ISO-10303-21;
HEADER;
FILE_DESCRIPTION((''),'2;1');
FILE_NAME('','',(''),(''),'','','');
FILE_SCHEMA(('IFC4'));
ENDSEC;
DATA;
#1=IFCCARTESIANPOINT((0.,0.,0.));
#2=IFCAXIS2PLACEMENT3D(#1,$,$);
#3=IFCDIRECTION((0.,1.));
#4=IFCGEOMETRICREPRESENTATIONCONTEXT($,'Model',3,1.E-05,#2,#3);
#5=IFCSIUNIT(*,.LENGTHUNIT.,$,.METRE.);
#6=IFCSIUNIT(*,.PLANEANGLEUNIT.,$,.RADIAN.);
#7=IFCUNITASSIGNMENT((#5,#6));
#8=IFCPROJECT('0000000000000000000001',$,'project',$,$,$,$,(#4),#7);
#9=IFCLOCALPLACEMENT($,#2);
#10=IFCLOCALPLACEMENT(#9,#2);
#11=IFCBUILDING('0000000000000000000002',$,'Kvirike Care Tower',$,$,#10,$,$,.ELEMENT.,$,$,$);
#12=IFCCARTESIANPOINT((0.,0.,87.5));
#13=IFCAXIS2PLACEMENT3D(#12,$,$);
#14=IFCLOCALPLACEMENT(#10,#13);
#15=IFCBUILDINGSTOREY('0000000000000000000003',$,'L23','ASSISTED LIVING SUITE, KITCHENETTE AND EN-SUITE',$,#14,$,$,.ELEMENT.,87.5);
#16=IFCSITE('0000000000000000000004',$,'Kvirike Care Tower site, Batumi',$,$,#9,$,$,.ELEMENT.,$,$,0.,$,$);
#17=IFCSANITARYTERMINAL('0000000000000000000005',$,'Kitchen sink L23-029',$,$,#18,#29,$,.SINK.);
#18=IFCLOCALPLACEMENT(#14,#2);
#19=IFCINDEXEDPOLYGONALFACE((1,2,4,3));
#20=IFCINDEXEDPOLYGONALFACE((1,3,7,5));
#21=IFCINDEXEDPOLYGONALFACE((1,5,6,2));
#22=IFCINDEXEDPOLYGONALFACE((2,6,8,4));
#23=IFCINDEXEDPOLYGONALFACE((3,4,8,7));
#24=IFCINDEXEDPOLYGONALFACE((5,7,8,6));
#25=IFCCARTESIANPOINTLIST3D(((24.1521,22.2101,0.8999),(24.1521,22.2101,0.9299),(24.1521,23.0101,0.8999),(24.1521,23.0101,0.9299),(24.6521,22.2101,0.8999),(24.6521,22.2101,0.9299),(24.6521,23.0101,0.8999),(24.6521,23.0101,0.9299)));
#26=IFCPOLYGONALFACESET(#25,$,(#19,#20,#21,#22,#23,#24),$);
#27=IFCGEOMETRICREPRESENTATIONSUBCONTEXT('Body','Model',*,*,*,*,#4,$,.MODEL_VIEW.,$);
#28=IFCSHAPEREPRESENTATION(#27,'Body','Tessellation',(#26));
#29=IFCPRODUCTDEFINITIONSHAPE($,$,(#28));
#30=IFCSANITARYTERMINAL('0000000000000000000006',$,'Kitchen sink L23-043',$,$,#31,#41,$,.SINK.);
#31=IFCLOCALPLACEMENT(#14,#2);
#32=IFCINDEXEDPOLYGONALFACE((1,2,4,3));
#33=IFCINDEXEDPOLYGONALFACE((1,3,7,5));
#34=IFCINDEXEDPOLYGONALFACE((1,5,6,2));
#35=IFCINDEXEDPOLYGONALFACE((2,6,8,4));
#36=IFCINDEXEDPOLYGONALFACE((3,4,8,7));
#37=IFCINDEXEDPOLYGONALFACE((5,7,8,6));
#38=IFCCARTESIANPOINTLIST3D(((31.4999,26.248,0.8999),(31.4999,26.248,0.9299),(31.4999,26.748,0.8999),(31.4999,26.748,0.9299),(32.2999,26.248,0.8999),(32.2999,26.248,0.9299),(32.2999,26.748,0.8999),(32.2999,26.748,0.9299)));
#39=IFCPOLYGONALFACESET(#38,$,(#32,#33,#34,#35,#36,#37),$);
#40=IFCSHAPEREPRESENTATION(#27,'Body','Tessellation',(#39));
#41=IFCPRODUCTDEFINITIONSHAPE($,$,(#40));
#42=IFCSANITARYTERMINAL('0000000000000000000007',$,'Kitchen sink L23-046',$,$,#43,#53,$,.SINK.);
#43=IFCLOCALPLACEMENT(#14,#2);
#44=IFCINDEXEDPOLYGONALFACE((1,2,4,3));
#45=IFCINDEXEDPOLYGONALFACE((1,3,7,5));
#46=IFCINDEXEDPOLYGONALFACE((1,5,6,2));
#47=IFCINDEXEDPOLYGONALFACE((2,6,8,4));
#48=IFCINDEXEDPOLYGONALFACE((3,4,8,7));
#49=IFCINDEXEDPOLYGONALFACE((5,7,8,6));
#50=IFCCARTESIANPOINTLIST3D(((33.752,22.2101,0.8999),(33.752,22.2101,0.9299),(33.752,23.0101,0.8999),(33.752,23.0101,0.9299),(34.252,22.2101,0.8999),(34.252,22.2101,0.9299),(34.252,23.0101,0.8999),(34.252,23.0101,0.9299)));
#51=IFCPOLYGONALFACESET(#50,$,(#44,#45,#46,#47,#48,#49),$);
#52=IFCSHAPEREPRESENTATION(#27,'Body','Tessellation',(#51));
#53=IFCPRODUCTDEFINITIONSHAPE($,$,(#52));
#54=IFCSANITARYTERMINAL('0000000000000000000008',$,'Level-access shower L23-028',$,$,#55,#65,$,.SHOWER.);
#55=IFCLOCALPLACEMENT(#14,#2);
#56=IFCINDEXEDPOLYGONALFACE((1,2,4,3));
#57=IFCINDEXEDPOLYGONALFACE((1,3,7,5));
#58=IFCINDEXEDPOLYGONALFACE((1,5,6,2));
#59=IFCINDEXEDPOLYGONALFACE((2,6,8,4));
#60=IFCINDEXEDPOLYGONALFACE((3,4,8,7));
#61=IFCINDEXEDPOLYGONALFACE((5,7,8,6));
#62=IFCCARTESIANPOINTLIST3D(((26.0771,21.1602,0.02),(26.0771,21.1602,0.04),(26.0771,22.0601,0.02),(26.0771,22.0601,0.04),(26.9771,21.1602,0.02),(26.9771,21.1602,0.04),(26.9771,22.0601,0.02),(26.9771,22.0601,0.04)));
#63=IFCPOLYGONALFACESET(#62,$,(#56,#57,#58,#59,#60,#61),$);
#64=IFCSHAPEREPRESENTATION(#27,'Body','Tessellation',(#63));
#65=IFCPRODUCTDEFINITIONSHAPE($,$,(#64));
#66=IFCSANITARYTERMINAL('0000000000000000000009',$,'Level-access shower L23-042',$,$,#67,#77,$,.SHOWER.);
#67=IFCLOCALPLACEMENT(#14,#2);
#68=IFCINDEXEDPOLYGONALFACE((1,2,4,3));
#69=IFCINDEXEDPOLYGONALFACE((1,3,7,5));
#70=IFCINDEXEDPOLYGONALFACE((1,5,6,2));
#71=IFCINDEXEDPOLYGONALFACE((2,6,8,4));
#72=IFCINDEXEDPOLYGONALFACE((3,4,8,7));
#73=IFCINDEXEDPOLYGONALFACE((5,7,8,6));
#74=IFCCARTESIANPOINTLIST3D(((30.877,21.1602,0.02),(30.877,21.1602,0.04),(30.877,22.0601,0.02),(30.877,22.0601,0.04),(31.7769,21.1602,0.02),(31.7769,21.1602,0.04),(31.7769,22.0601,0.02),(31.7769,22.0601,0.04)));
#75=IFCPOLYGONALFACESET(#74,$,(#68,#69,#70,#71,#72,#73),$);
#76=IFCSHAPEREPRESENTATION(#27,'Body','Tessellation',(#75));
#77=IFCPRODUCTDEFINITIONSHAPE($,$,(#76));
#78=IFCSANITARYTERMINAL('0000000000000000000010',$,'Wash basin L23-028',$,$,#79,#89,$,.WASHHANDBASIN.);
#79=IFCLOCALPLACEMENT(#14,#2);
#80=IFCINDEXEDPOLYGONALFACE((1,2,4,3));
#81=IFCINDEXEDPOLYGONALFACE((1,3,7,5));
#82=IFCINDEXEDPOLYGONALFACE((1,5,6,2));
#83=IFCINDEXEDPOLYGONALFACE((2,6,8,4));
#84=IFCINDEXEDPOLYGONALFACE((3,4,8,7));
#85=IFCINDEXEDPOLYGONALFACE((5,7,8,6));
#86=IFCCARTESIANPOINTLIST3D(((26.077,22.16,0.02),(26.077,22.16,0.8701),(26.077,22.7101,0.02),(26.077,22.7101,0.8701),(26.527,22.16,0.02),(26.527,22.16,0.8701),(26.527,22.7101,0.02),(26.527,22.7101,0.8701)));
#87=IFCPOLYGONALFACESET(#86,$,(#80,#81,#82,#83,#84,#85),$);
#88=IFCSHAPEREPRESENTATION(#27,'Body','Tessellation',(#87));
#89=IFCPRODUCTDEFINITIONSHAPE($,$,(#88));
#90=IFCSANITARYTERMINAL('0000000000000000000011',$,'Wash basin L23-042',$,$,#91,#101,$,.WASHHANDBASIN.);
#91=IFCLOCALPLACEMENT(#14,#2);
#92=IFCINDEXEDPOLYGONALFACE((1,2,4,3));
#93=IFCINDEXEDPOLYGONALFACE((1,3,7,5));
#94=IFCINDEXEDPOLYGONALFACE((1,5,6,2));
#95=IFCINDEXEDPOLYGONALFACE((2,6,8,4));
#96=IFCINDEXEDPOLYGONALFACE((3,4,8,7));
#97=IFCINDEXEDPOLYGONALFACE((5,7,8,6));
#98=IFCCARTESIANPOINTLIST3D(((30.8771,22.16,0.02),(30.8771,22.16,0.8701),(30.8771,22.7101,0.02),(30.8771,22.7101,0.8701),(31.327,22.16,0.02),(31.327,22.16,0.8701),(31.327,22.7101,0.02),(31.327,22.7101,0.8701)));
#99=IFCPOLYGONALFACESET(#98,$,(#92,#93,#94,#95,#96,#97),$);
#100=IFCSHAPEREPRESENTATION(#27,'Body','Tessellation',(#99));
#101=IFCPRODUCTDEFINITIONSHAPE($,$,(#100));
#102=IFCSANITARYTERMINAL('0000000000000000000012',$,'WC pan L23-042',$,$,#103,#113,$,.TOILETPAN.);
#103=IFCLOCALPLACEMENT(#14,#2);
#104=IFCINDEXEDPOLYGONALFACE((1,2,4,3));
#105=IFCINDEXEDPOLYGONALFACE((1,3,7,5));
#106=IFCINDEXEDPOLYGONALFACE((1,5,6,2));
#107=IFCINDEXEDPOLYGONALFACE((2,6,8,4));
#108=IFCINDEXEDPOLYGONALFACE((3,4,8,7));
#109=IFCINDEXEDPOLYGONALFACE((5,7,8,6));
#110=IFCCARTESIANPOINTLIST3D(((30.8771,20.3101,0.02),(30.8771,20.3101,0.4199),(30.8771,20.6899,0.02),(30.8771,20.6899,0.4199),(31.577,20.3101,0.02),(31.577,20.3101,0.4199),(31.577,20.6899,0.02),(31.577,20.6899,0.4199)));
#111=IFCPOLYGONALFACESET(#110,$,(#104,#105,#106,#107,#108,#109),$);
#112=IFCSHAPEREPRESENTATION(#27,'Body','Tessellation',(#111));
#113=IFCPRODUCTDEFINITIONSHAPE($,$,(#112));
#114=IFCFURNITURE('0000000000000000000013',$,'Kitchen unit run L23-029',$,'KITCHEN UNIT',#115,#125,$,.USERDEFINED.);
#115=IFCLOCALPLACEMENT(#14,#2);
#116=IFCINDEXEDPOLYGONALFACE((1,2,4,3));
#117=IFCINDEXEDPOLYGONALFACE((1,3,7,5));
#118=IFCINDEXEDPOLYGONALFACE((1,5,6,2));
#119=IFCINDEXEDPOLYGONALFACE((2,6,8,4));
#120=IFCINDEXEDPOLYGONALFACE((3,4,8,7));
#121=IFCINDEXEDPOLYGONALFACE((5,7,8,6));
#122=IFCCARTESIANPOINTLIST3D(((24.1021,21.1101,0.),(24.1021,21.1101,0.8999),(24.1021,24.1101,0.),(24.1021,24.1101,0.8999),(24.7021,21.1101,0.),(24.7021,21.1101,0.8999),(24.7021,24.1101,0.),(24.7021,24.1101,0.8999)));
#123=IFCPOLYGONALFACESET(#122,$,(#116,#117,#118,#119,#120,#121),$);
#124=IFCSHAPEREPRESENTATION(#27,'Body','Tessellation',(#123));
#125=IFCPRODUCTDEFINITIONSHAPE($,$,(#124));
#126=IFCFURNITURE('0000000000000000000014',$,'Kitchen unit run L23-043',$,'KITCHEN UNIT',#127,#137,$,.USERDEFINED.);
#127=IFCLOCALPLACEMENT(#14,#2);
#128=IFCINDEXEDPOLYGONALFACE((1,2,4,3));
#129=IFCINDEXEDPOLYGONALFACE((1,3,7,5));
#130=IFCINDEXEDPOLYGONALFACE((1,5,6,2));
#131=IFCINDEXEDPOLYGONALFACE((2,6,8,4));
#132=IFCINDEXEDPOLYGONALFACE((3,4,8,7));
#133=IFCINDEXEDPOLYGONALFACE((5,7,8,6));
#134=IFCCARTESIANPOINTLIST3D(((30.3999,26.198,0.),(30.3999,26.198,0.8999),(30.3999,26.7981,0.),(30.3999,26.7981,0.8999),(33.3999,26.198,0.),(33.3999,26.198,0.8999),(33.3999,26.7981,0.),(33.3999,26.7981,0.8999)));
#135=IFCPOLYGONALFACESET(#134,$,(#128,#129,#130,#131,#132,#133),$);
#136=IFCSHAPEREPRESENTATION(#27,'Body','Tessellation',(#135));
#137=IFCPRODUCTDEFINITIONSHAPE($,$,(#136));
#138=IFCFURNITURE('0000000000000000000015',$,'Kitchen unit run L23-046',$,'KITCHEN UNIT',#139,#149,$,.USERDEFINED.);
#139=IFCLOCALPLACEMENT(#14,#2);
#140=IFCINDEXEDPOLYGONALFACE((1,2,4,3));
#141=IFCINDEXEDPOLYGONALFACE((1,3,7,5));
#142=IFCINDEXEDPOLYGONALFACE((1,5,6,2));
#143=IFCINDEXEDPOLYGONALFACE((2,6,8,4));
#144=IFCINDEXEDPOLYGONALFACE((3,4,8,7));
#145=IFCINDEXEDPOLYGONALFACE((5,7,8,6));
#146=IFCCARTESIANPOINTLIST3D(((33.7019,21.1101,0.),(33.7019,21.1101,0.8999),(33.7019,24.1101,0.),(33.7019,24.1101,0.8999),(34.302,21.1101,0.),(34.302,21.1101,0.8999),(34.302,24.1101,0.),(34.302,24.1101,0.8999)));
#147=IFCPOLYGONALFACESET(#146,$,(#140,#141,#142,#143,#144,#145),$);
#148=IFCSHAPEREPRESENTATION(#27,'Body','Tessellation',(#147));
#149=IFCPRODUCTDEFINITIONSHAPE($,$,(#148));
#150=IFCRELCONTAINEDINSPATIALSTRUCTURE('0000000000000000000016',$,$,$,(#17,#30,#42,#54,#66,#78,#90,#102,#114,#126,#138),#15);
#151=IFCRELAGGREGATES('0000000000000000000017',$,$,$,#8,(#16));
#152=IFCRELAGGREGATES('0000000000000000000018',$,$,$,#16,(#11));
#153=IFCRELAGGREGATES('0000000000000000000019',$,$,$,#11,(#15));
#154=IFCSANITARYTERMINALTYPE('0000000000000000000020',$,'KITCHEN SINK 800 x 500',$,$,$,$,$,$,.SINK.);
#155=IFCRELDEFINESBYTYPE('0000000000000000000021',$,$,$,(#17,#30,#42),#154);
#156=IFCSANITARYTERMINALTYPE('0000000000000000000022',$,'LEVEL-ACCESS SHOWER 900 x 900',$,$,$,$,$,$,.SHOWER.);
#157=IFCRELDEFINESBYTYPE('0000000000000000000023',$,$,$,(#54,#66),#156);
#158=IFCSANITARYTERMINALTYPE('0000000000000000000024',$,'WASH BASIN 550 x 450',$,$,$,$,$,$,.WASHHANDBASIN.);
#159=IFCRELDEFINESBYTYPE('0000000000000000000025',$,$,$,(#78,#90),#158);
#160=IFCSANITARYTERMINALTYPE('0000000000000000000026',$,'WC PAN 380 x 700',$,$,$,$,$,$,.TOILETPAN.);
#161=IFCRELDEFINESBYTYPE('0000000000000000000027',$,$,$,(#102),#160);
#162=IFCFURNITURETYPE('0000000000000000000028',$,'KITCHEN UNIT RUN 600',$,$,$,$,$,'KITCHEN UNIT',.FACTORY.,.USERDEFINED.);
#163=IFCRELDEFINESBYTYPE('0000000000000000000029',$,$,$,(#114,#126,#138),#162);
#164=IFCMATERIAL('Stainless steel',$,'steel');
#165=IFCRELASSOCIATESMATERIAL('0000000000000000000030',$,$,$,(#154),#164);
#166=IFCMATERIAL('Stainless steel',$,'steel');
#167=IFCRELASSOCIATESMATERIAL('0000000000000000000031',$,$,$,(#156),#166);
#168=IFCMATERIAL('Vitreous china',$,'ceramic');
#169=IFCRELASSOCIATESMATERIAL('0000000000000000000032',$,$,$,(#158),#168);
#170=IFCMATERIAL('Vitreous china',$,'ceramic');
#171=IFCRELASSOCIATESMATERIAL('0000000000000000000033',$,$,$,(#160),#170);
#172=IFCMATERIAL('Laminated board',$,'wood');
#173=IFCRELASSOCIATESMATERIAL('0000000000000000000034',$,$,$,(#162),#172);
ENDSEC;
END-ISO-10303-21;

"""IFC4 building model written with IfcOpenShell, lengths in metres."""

from ifc_helpers import new_model, si_unit, direction, frame, origin, origin_2d, place, context, subcontext, project, spatial, rectangle, extrude, material, type_object, element, save


model = new_model("IFC4")

# Units and contexts
model_context = context("Model", 3, precision=1e-05, world=origin(), true_north=direction((0.0, 1.0)))
body_context = subcontext(model_context, "Body", "Model", "MODEL_VIEW")
ifc_project = project(units=[si_unit("LENGTHUNIT", "METRE"), si_unit("PLANEANGLEUNIT", "RADIAN")], contexts=[model_context])

# Site, building, storey
site_placement = place(None, origin())
site = spatial("IfcSite", under=ifc_project, at=site_placement, Name="Kvirike Care Tower site, Batumi", CompositionType="ELEMENT", RefElevation=0.0)
building_placement = place(site_placement, origin())
building = spatial("IfcBuilding", under=site, at=building_placement, Name="Kvirike Care Tower", CompositionType="ELEMENT")
storey_placement = place(building_placement, frame((0.0, 0.0, 87.5)))
storey = spatial("IfcBuildingStorey", under=building, at=storey_placement, Name="L23", Description="ASSISTED LIVING SUITE, KITCHENETTE AND EN-SUITE", CompositionType="ELEMENT", Elevation=87.5)

# Sanitary terminals
ifc_material_1 = material(Name="Stainless steel", Category="steel")
sanitary_terminal_type_1 = type_object("IfcSanitaryTerminalType", Name="KITCHEN SINK 800 x 500", PredefinedType="SINK", material=ifc_material_1)
for number, where, z_axis, x_axis, name in (
    (1, (24.4021, 22.6101, 0.8999), (0.0, 0.0, 1.0), (0.0, 1.0, 0.0), "Kitchen sink L23-029"),
    (2, (31.8999, 26.498, 0.8999), (0.0, 0.0, 1.0), (1.0, 0.0, 0.0), "Kitchen sink L23-043"),
    (3, (34.002, 22.6101, 0.8999), (0.0, 0.0, 1.0), (0.0, 1.0, 0.0), "Kitchen sink L23-046"),
):
    element("IfcSanitaryTerminal", number, at=place(storey_placement, frame(where, z_axis=z_axis, x_axis=x_axis)), inside=storey, type_object=sanitary_terminal_type_1, Name=name, PredefinedType="SINK", context=body_context, shape_type="SweptSolid", body=[
        extrude(rectangle(XDim=0.8, YDim=0.5, at=origin_2d()), origin(), (0.0, 0.0, 1.0), 0.03),
    ])
ifc_material_2 = material(Name="Stainless steel", Category="steel")
sanitary_terminal_type_2 = type_object("IfcSanitaryTerminalType", Name="LEVEL-ACCESS SHOWER 900 x 900", PredefinedType="SHOWER", material=ifc_material_2)
for number, where, z_axis, x_axis, name in (
    (4, (26.5271, 21.6101, 0.02), (0.0, 0.0, 1.0), (0.0, 1.0, 0.0), "Level-access shower L23-028"),
    (5, (31.3269, 21.6101, 0.02), (0.0, 0.0, 1.0), (0.0, 1.0, 0.0), "Level-access shower L23-042"),
):
    element("IfcSanitaryTerminal", number, at=place(storey_placement, frame(where, z_axis=z_axis, x_axis=x_axis)), inside=storey, type_object=sanitary_terminal_type_2, Name=name, PredefinedType="SHOWER", context=body_context, shape_type="SweptSolid", body=[
        extrude(rectangle(XDim=0.8999, YDim=0.8999, at=origin_2d()), origin(), (0.0, 0.0, 1.0), 0.02),
    ])
ifc_material_3 = material(Name="Vitreous china", Category="ceramic")
sanitary_terminal_type_3 = type_object("IfcSanitaryTerminalType", Name="WASH BASIN 550 x 450", PredefinedType="WASHHANDBASIN", material=ifc_material_3)
for number, where, z_axis, x_axis, name in (
    (6, (26.302, 22.4351, 0.02), (0.0, 0.0, 1.0), (0.0, 1.0, 0.0), "Wash basin L23-028"),
    (7, (31.1021, 22.4351, 0.02), (0.0, 0.0, 1.0), (0.0, 1.0, 0.0), "Wash basin L23-042"),
):
    element("IfcSanitaryTerminal", number, at=place(storey_placement, frame(where, z_axis=z_axis, x_axis=x_axis)), inside=storey, type_object=sanitary_terminal_type_3, Name=name, PredefinedType="WASHHANDBASIN", context=body_context, shape_type="SweptSolid", body=[
        extrude(rectangle(XDim=0.55, YDim=0.45, at=origin_2d()), origin(), (0.0, 0.0, 1.0), 0.8501),
    ])
ifc_material_4 = material(Name="Vitreous china", Category="ceramic")
sanitary_terminal_type_4 = type_object("IfcSanitaryTerminalType", Name="WC PAN 380 x 700", PredefinedType="TOILETPAN", material=ifc_material_4)
sanitary_terminal_placement = place(storey_placement, frame((31.2271, 20.5, 0.02), z_axis=(0.0, 0.0, 1.0), x_axis=(0.0, 1.0, 0.0)))
element("IfcSanitaryTerminal", 8, at=sanitary_terminal_placement, inside=storey, type_object=sanitary_terminal_type_4, Name="WC pan L23-042", PredefinedType="TOILETPAN", context=body_context, shape_type="SweptSolid", body=[
    extrude(rectangle(XDim=0.3799, YDim=0.7, at=origin_2d()), origin(), (0.0, 0.0, 1.0), 0.3999),
])

# Furniture
ifc_material_5 = material(Name="Laminated board", Category="wood")
furniture_type = type_object("IfcFurnitureType", Name="KITCHEN UNIT RUN 600", ElementType="KITCHEN UNIT", AssemblyPlace="FACTORY", PredefinedType="USERDEFINED", material=ifc_material_5)
for number, where, z_axis, x_axis, name in (
    (9, (24.4021, 22.6101, 0.0), (0.0, 0.0, 1.0), (0.0, 1.0, 0.0), "Kitchen unit run L23-029"),
    (10, (31.8999, 26.498, 0.0), (0.0, 0.0, 1.0), (1.0, 0.0, 0.0), "Kitchen unit run L23-043"),
    (11, (34.002, 22.6101, 0.0), (0.0, 0.0, 1.0), (0.0, 1.0, 0.0), "Kitchen unit run L23-046"),
):
    element("IfcFurniture", number, at=place(storey_placement, frame(where, z_axis=z_axis, x_axis=x_axis)), inside=storey, type_object=furniture_type, Name=name, ObjectType="KITCHEN UNIT", PredefinedType="USERDEFINED", context=body_context, shape_type="SweptSolid", body=[
        extrude(rectangle(XDim=3.0, YDim=0.6001, at=origin_2d()), origin(), (0.0, 0.0, 1.0), 0.8999),
    ])

save(model, "model.ifc")
